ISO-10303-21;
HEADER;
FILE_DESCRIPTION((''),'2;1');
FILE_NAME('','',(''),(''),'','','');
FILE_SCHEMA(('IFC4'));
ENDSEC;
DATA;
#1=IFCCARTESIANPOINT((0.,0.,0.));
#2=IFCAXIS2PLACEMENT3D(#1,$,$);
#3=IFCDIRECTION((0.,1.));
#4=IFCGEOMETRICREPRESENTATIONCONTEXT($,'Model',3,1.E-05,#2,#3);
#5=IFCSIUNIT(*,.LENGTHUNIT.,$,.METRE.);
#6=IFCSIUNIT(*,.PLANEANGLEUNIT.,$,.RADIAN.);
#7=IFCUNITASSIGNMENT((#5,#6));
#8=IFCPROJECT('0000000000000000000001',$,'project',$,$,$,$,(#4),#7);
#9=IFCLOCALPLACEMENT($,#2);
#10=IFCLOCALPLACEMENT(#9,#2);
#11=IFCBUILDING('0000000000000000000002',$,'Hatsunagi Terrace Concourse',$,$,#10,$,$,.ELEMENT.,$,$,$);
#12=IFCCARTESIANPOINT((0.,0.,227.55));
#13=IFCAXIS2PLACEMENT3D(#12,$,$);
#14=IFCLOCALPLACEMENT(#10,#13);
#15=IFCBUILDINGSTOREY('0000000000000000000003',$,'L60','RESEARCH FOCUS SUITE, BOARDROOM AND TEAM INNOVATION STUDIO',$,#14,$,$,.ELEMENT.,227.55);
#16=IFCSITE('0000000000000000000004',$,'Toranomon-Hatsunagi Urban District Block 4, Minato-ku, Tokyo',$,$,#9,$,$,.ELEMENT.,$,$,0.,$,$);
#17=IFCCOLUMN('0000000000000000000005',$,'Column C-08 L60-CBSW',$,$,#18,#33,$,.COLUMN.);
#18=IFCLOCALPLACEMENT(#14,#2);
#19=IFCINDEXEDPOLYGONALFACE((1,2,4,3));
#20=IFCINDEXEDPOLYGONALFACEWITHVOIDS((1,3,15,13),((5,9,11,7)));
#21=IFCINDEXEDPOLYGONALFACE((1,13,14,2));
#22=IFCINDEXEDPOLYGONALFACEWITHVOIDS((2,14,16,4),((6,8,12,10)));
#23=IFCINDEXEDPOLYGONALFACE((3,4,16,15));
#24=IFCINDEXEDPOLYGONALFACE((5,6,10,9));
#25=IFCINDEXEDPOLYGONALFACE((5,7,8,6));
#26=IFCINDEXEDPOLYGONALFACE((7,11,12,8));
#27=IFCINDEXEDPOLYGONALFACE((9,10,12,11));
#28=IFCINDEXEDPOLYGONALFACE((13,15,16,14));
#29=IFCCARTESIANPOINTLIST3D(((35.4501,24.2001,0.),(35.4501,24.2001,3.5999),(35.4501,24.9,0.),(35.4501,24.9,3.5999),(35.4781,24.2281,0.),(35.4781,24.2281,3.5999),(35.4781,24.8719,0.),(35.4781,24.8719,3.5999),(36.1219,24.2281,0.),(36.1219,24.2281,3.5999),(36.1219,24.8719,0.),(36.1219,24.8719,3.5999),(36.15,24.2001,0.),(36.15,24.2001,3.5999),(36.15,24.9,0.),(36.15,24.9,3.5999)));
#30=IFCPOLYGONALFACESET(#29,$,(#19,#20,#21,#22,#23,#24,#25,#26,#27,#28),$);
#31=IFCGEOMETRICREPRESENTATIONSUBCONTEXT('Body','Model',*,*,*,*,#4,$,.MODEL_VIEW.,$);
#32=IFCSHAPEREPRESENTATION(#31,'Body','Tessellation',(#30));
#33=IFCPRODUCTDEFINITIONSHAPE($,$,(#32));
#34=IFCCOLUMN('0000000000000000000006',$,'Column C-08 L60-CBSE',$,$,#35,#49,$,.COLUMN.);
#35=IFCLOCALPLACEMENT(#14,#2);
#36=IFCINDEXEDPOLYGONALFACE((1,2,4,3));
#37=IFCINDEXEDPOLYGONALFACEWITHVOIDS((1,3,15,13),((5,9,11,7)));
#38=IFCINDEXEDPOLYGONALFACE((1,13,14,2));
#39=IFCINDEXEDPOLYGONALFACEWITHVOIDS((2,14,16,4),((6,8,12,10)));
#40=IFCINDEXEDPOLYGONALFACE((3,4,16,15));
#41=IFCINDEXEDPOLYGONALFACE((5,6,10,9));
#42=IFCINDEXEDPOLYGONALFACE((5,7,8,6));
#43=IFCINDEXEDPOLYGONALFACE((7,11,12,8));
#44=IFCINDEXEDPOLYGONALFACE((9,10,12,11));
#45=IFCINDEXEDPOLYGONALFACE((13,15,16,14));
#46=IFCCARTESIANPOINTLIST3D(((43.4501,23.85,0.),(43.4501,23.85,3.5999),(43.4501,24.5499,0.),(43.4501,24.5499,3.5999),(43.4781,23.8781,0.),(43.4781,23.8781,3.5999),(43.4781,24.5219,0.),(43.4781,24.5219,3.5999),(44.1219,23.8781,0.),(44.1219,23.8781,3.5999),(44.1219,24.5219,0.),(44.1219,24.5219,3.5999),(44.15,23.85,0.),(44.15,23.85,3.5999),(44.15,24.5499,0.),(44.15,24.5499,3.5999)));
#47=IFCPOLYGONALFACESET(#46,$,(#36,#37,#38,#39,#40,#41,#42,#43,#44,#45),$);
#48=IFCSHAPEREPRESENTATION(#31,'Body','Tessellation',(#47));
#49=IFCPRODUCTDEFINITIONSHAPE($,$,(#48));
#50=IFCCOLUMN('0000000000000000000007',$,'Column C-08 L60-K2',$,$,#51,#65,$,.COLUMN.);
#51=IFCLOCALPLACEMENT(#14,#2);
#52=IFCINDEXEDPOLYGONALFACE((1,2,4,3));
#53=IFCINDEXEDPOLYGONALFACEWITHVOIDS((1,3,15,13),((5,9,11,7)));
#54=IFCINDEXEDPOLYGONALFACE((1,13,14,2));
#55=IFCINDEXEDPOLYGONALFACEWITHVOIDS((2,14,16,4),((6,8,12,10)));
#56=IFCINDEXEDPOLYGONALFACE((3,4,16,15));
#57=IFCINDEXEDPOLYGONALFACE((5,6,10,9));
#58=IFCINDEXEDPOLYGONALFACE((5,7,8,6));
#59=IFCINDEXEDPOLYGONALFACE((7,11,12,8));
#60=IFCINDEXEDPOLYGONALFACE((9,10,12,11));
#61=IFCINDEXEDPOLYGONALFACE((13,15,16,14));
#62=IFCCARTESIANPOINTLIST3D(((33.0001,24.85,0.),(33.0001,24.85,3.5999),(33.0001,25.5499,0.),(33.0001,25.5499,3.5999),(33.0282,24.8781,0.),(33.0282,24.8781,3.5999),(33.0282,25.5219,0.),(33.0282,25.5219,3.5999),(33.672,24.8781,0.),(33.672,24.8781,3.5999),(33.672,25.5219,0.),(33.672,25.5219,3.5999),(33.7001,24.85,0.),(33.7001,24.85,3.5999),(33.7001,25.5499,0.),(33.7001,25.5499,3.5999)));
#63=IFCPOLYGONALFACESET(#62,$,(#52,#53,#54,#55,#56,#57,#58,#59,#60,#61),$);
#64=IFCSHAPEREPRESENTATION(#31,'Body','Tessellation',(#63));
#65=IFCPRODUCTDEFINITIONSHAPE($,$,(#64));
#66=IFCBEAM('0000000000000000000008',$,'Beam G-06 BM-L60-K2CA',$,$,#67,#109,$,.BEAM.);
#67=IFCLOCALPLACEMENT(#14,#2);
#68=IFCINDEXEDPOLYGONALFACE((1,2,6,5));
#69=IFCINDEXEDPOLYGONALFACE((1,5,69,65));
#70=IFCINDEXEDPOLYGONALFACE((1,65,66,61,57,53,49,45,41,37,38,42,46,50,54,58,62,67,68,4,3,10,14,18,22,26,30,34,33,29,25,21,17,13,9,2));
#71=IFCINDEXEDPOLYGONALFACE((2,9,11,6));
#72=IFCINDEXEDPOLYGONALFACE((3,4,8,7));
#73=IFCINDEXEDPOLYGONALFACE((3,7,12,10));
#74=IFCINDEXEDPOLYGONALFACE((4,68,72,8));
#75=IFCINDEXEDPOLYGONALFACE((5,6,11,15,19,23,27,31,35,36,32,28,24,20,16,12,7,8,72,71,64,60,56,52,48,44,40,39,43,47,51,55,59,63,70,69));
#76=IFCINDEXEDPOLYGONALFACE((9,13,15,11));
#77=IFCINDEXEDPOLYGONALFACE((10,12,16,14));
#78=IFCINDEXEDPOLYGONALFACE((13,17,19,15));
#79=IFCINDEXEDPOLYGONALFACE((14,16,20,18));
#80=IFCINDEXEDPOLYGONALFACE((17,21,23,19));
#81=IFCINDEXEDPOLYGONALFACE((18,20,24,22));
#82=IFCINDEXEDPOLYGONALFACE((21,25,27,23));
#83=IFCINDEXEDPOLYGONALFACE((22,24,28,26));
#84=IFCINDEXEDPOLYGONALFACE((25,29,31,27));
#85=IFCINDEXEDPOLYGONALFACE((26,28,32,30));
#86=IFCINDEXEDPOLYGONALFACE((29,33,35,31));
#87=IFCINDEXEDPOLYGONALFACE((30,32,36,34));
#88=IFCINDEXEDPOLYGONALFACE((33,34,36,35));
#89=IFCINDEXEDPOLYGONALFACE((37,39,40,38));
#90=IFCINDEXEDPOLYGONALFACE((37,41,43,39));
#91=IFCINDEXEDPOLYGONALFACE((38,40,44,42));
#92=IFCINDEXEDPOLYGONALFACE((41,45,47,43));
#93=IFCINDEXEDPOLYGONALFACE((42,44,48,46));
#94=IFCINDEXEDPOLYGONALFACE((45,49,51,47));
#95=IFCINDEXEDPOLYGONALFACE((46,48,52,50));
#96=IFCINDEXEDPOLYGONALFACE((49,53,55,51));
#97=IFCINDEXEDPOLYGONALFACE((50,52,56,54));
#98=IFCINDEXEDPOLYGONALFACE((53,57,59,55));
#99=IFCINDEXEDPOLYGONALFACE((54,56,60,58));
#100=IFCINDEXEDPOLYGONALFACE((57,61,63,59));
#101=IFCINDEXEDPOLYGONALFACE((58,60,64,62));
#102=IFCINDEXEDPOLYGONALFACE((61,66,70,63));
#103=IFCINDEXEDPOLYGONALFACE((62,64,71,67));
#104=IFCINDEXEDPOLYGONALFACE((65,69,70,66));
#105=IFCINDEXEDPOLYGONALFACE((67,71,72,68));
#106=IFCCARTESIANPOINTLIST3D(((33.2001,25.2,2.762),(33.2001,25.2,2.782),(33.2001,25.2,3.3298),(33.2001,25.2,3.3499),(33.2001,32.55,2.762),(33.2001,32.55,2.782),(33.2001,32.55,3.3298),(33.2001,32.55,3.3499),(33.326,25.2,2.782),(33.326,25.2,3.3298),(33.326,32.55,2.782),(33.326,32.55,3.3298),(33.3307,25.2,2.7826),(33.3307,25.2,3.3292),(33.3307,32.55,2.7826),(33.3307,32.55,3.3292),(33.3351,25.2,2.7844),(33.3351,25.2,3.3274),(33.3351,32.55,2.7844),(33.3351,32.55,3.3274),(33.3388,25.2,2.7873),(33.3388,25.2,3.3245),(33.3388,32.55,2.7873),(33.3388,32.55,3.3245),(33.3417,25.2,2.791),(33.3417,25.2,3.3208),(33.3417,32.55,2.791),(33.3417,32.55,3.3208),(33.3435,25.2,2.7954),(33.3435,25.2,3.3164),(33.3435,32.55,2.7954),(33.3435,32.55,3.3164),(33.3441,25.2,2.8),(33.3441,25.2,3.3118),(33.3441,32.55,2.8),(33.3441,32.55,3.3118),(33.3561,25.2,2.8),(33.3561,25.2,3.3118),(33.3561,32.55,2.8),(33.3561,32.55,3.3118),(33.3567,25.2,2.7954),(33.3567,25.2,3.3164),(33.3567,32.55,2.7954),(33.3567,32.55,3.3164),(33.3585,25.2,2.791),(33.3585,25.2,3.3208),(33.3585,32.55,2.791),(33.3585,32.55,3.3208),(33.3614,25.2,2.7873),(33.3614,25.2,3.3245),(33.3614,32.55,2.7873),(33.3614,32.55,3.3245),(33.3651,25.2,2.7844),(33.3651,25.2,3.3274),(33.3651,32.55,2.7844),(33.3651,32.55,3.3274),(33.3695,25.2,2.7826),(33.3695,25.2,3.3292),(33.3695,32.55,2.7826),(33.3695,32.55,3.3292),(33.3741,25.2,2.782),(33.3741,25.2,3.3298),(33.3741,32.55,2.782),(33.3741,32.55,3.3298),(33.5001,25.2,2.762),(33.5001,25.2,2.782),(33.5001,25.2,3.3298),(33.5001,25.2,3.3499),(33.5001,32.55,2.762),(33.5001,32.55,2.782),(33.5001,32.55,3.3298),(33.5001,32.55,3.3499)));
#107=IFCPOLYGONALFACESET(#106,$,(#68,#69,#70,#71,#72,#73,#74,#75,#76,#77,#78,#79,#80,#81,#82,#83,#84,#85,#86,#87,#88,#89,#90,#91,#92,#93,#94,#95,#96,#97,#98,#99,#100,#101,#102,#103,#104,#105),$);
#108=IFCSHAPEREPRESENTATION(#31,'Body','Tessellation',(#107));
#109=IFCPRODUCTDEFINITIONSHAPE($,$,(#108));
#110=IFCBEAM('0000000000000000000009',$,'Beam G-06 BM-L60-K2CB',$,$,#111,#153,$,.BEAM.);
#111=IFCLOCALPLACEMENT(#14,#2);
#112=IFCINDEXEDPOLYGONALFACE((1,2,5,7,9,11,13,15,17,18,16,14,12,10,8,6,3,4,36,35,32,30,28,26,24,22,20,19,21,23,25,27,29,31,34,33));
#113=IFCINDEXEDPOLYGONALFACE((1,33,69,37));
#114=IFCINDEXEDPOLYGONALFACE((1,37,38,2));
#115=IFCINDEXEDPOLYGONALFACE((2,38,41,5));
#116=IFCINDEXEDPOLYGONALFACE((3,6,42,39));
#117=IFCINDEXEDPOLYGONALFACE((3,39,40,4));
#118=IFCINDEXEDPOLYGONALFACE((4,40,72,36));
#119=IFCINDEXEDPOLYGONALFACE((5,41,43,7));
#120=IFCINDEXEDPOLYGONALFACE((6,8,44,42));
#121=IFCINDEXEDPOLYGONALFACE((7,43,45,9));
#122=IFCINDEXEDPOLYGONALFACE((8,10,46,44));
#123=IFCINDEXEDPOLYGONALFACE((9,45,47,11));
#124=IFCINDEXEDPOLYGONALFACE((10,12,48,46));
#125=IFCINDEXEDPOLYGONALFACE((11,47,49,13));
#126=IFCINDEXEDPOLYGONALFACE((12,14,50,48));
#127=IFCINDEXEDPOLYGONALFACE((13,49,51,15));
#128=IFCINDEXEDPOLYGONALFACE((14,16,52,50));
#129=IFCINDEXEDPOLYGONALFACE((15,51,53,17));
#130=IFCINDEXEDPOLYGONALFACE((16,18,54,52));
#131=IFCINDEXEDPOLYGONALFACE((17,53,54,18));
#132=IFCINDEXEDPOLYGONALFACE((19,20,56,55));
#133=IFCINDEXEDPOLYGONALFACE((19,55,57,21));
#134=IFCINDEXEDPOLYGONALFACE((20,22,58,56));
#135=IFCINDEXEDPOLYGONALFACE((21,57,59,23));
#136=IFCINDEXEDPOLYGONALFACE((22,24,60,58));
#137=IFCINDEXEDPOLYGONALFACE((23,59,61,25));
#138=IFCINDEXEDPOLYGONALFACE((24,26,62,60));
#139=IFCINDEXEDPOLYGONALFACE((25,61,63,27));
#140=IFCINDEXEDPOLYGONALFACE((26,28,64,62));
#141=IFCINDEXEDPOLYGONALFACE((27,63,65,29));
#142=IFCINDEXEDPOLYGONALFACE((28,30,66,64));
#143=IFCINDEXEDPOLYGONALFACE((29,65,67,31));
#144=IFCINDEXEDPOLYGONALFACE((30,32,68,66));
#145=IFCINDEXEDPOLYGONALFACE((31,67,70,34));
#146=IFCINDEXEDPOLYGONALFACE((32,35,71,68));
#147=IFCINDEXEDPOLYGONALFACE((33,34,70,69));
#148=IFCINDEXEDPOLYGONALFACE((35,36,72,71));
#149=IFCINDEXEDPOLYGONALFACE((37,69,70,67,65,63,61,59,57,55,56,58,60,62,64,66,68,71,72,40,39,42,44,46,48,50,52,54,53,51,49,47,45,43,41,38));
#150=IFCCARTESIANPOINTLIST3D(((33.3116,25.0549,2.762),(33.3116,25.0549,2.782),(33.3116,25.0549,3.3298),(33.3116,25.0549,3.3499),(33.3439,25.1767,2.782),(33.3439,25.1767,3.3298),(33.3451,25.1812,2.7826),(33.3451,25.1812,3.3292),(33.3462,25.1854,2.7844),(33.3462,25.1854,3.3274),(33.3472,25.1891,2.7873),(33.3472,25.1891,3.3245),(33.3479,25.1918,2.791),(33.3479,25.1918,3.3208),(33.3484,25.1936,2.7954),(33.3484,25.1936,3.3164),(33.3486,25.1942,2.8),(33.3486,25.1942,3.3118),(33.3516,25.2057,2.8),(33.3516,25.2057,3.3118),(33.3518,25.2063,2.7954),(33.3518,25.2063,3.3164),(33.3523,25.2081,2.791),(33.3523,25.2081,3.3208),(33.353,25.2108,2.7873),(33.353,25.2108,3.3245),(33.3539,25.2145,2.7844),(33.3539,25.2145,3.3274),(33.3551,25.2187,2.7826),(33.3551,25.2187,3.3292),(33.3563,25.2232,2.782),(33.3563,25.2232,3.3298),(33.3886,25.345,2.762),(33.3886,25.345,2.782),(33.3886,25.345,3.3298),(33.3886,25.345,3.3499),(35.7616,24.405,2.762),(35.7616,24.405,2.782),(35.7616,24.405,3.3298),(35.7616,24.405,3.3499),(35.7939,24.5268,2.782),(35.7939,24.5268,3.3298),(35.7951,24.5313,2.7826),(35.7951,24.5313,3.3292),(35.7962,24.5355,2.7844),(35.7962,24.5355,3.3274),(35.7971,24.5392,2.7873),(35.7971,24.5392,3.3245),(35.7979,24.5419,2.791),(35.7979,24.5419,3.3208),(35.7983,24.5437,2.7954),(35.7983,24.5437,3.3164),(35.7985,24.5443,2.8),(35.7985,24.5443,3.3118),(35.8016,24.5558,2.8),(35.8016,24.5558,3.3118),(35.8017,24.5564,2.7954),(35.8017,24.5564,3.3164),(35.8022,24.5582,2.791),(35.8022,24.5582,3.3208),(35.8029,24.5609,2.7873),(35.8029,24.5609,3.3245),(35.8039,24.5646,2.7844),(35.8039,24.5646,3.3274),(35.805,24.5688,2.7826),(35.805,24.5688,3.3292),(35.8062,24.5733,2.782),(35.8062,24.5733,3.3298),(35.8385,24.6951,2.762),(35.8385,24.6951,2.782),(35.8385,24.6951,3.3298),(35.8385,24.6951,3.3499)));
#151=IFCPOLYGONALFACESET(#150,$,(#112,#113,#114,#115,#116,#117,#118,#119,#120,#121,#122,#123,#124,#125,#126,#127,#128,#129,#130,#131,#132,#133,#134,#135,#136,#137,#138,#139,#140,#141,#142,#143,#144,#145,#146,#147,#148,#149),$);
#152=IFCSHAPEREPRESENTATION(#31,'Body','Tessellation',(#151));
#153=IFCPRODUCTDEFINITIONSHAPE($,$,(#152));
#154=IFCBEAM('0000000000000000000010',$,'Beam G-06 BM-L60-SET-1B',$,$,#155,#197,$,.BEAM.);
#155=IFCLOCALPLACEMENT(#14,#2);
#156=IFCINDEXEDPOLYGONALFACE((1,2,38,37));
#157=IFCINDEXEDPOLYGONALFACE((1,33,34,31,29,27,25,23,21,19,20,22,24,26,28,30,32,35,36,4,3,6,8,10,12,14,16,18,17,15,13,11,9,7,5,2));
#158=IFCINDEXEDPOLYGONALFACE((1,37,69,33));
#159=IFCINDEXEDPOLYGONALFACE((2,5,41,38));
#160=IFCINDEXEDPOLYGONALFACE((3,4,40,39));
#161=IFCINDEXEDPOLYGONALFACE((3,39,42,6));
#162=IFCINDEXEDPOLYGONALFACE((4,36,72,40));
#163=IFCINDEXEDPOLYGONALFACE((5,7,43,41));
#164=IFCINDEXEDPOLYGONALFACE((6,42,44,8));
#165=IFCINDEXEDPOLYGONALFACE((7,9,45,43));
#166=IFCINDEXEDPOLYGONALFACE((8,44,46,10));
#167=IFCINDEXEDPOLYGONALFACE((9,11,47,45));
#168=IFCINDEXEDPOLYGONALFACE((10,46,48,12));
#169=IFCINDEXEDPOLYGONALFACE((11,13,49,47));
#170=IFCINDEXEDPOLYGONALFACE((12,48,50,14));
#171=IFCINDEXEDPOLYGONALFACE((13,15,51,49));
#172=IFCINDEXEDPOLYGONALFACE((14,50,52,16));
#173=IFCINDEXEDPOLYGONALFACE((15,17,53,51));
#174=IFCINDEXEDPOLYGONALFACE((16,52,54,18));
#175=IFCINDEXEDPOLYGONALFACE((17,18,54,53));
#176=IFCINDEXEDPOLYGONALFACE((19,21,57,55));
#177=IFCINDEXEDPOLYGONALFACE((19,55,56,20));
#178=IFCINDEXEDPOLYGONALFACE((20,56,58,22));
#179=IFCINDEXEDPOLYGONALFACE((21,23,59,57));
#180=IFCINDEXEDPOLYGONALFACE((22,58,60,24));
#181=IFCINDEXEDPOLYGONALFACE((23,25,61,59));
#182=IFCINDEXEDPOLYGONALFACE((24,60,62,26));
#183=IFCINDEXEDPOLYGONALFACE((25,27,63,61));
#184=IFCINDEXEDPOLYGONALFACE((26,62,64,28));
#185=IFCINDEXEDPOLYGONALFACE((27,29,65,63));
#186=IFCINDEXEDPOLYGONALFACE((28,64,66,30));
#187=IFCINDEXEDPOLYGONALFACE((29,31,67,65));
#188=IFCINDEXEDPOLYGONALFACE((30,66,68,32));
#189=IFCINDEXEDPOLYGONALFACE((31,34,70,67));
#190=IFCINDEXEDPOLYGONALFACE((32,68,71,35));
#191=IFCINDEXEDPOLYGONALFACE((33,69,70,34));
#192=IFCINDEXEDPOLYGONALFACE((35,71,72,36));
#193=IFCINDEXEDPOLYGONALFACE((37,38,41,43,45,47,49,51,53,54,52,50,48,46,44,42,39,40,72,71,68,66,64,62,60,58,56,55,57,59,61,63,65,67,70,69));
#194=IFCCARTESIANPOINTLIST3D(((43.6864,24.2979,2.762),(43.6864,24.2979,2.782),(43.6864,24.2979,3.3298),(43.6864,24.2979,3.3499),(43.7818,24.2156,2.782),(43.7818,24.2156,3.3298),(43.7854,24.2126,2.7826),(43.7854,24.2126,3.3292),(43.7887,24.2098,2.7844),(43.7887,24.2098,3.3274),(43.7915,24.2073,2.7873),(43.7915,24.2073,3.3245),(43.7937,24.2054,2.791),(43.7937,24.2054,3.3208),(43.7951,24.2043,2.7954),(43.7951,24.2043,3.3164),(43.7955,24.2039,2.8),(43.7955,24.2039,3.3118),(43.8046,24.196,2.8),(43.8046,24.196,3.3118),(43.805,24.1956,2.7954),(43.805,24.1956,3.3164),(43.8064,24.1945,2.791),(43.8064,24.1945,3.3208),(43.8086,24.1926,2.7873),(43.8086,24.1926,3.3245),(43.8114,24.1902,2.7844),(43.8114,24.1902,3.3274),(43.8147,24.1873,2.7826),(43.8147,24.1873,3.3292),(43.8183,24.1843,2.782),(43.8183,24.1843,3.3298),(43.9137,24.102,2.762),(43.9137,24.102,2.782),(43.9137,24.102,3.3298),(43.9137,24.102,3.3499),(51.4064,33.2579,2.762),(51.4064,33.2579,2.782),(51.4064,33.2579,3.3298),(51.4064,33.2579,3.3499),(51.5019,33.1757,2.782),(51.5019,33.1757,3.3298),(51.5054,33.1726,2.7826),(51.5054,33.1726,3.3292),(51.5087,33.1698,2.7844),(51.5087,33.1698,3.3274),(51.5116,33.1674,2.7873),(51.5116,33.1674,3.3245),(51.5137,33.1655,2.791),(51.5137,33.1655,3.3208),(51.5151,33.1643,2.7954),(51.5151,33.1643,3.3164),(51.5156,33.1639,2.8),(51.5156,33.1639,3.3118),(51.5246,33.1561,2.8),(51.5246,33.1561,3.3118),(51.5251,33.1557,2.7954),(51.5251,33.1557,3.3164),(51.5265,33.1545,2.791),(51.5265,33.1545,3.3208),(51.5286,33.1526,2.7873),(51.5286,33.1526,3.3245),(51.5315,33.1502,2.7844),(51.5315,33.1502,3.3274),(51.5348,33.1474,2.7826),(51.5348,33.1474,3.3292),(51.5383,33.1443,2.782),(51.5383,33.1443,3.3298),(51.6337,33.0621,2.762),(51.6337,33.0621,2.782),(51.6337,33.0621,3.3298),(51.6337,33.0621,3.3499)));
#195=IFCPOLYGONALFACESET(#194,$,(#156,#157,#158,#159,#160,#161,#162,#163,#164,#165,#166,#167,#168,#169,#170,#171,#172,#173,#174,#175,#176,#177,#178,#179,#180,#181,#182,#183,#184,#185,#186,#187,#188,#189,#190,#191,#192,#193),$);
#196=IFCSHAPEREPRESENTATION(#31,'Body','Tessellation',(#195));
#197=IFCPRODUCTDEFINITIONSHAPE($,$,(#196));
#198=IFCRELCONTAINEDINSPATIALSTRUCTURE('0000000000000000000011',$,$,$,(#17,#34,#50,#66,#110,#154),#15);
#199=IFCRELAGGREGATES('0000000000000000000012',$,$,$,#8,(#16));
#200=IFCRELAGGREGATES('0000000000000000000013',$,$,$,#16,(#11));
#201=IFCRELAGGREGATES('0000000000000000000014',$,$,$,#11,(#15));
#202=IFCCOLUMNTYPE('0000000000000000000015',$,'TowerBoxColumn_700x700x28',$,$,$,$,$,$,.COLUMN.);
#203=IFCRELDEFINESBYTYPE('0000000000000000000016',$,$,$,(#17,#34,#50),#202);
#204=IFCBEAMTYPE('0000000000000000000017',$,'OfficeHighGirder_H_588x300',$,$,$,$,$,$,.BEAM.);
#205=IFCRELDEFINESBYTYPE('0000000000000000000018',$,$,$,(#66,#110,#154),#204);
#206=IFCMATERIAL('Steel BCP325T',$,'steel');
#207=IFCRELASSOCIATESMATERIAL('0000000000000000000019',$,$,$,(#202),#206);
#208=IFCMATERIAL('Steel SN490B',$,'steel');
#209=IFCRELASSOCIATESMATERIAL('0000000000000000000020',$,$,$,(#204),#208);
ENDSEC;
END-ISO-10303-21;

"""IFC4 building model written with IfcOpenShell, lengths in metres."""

from ifc_helpers import new_model, si_unit, direction, frame, origin, origin_2d, place, context, subcontext, project, spatial, hollow_rectangle, i_section, extrude, material, material_profile, profile_set, type_object, element, save


model = new_model("IFC4")

# Units and contexts
model_context = context("Model", 3, precision=1e-05, world=origin(), true_north=direction((0.0, 1.0)))
body_context = subcontext(model_context, "Body", "Model", "MODEL_VIEW")
ifc_project = project(units=[si_unit("LENGTHUNIT", "METRE"), si_unit("PLANEANGLEUNIT", "RADIAN")], contexts=[model_context])

# Site, building, storey
site_placement = place(None, origin())
site = spatial("IfcSite", under=ifc_project, at=site_placement, Name="Toranomon-Hatsunagi Urban District Block 4, Minato-ku, Tokyo", CompositionType="ELEMENT", RefElevation=0.0)
building_placement = place(site_placement, origin())
building = spatial("IfcBuilding", under=site, at=building_placement, Name="Hatsunagi Terrace Concourse", CompositionType="ELEMENT")
storey_placement = place(building_placement, frame((0.0, 0.0, 227.55)))
storey = spatial("IfcBuildingStorey", under=building, at=storey_placement, Name="L60", Description="RESEARCH FOCUS SUITE, BOARDROOM AND TEAM INNOVATION STUDIO", CompositionType="ELEMENT", Elevation=227.55)

# Columns
ifc_material_1 = material(Name="Steel BCP325T", Category="steel")
ifc_material_profile_1 = material_profile(ifc_material_1, hollow_rectangle(XDim=0.7, YDim=0.7, WallThickness=0.0281, at=origin_2d()), Name="BCP-700x700x28")
ifc_profile_set_1 = profile_set([ifc_material_profile_1], Name="Steel BCP325T")
column_type = type_object("IfcColumnType", Name="TowerBoxColumn_700x700x28", PredefinedType="COLUMN", material=ifc_profile_set_1)
for number, where, z_axis, x_axis, name in (
    (1, (35.8, 24.55, 0.0), (0.0, 0.0, 1.0), (1.0, 0.0, 0.0), "Column C-08 L60-CBSW"),
    (2, (43.8, 24.2, 0.0), (0.0, 0.0, 1.0), (1.0, 0.0, 0.0), "Column C-08 L60-CBSE"),
    (3, (33.3501, 25.2, 0.0), (0.0, 0.0, 1.0), (1.0, 0.0, 0.0), "Column C-08 L60-K2"),
):
    element("IfcColumn", number, at=place(storey_placement, frame(where, z_axis=z_axis, x_axis=x_axis)), inside=storey, type_object=column_type, Name=name, PredefinedType="COLUMN", context=body_context, shape_type="SweptSolid", body=[
        extrude(hollow_rectangle(XDim=0.7, YDim=0.7, WallThickness=0.0281, at=origin_2d()), origin(), (0.0, 0.0, 1.0), 3.5999),
    ])

# Beams
ifc_material_2 = material(Name="Steel SN490B", Category="steel")
ifc_material_profile_2 = material_profile(ifc_material_2, i_section(OverallWidth=0.3, OverallDepth=0.5879, WebThickness=0.012, FlangeThickness=0.02, FilletRadius=0.0181, at=origin_2d()), Name="H-588x300x12x20")
ifc_profile_set_2 = profile_set([ifc_material_profile_2], Name="Steel SN490B")
beam_type_1 = type_object("IfcBeamType", Name="OfficeHighGirder_H_588x300", PredefinedType="BEAM", material=ifc_profile_set_2)
beam_1_placement = place(storey_placement, frame((33.3501, 25.2, 3.0559), z_axis=(0.0, 1.0, 0.0), x_axis=(-1.0, 0.0, 0.0)))
element("IfcBeam", 4, at=beam_1_placement, inside=storey, type_object=beam_type_1, Name="Beam G-06 BM-L60-K2CA", PredefinedType="BEAM", context=body_context, shape_type="SweptSolid", body=[
    extrude(i_section(OverallWidth=0.3, OverallDepth=0.5879, WebThickness=0.012, FlangeThickness=0.02, FilletRadius=0.0181, at=origin_2d()), origin(), (0.0, 0.0, 1.0), 7.3501),
])
beam_2_placement = place(storey_placement, frame((33.3501, 25.2, 3.0559), z_axis=(0.96657, -0.256403, 0.0), x_axis=(0.256403, 0.96657, 0.0)))
element("IfcBeam", 5, at=beam_2_placement, inside=storey, type_object=beam_type_1, Name="Beam G-06 BM-L60-K2CB", PredefinedType="BEAM", context=body_context, shape_type="SweptSolid", body=[
    extrude(i_section(OverallWidth=0.3, OverallDepth=0.5879, WebThickness=0.012, FlangeThickness=0.02, FilletRadius=0.0181, at=origin_2d()), origin(), (0.0, 0.0, 1.0), 2.5347),
])
beam_3_placement = place(storey_placement, frame((43.8, 24.2, 3.0559), z_axis=(0.652739, 0.757583, 0.0), x_axis=(-0.757583, 0.652739, 0.0)))
element("IfcBeam", 6, at=beam_3_placement, inside=storey, type_object=beam_type_1, Name="Beam G-06 BM-L60-SET-1B", PredefinedType="BEAM", context=body_context, shape_type="SweptSolid", body=[
    extrude(i_section(OverallWidth=0.3, OverallDepth=0.5879, WebThickness=0.012, FlangeThickness=0.02, FilletRadius=0.0181, at=origin_2d()), origin(), (0.0, 0.0, 1.0), 11.8271),
])

save(model, "model.ifc")
